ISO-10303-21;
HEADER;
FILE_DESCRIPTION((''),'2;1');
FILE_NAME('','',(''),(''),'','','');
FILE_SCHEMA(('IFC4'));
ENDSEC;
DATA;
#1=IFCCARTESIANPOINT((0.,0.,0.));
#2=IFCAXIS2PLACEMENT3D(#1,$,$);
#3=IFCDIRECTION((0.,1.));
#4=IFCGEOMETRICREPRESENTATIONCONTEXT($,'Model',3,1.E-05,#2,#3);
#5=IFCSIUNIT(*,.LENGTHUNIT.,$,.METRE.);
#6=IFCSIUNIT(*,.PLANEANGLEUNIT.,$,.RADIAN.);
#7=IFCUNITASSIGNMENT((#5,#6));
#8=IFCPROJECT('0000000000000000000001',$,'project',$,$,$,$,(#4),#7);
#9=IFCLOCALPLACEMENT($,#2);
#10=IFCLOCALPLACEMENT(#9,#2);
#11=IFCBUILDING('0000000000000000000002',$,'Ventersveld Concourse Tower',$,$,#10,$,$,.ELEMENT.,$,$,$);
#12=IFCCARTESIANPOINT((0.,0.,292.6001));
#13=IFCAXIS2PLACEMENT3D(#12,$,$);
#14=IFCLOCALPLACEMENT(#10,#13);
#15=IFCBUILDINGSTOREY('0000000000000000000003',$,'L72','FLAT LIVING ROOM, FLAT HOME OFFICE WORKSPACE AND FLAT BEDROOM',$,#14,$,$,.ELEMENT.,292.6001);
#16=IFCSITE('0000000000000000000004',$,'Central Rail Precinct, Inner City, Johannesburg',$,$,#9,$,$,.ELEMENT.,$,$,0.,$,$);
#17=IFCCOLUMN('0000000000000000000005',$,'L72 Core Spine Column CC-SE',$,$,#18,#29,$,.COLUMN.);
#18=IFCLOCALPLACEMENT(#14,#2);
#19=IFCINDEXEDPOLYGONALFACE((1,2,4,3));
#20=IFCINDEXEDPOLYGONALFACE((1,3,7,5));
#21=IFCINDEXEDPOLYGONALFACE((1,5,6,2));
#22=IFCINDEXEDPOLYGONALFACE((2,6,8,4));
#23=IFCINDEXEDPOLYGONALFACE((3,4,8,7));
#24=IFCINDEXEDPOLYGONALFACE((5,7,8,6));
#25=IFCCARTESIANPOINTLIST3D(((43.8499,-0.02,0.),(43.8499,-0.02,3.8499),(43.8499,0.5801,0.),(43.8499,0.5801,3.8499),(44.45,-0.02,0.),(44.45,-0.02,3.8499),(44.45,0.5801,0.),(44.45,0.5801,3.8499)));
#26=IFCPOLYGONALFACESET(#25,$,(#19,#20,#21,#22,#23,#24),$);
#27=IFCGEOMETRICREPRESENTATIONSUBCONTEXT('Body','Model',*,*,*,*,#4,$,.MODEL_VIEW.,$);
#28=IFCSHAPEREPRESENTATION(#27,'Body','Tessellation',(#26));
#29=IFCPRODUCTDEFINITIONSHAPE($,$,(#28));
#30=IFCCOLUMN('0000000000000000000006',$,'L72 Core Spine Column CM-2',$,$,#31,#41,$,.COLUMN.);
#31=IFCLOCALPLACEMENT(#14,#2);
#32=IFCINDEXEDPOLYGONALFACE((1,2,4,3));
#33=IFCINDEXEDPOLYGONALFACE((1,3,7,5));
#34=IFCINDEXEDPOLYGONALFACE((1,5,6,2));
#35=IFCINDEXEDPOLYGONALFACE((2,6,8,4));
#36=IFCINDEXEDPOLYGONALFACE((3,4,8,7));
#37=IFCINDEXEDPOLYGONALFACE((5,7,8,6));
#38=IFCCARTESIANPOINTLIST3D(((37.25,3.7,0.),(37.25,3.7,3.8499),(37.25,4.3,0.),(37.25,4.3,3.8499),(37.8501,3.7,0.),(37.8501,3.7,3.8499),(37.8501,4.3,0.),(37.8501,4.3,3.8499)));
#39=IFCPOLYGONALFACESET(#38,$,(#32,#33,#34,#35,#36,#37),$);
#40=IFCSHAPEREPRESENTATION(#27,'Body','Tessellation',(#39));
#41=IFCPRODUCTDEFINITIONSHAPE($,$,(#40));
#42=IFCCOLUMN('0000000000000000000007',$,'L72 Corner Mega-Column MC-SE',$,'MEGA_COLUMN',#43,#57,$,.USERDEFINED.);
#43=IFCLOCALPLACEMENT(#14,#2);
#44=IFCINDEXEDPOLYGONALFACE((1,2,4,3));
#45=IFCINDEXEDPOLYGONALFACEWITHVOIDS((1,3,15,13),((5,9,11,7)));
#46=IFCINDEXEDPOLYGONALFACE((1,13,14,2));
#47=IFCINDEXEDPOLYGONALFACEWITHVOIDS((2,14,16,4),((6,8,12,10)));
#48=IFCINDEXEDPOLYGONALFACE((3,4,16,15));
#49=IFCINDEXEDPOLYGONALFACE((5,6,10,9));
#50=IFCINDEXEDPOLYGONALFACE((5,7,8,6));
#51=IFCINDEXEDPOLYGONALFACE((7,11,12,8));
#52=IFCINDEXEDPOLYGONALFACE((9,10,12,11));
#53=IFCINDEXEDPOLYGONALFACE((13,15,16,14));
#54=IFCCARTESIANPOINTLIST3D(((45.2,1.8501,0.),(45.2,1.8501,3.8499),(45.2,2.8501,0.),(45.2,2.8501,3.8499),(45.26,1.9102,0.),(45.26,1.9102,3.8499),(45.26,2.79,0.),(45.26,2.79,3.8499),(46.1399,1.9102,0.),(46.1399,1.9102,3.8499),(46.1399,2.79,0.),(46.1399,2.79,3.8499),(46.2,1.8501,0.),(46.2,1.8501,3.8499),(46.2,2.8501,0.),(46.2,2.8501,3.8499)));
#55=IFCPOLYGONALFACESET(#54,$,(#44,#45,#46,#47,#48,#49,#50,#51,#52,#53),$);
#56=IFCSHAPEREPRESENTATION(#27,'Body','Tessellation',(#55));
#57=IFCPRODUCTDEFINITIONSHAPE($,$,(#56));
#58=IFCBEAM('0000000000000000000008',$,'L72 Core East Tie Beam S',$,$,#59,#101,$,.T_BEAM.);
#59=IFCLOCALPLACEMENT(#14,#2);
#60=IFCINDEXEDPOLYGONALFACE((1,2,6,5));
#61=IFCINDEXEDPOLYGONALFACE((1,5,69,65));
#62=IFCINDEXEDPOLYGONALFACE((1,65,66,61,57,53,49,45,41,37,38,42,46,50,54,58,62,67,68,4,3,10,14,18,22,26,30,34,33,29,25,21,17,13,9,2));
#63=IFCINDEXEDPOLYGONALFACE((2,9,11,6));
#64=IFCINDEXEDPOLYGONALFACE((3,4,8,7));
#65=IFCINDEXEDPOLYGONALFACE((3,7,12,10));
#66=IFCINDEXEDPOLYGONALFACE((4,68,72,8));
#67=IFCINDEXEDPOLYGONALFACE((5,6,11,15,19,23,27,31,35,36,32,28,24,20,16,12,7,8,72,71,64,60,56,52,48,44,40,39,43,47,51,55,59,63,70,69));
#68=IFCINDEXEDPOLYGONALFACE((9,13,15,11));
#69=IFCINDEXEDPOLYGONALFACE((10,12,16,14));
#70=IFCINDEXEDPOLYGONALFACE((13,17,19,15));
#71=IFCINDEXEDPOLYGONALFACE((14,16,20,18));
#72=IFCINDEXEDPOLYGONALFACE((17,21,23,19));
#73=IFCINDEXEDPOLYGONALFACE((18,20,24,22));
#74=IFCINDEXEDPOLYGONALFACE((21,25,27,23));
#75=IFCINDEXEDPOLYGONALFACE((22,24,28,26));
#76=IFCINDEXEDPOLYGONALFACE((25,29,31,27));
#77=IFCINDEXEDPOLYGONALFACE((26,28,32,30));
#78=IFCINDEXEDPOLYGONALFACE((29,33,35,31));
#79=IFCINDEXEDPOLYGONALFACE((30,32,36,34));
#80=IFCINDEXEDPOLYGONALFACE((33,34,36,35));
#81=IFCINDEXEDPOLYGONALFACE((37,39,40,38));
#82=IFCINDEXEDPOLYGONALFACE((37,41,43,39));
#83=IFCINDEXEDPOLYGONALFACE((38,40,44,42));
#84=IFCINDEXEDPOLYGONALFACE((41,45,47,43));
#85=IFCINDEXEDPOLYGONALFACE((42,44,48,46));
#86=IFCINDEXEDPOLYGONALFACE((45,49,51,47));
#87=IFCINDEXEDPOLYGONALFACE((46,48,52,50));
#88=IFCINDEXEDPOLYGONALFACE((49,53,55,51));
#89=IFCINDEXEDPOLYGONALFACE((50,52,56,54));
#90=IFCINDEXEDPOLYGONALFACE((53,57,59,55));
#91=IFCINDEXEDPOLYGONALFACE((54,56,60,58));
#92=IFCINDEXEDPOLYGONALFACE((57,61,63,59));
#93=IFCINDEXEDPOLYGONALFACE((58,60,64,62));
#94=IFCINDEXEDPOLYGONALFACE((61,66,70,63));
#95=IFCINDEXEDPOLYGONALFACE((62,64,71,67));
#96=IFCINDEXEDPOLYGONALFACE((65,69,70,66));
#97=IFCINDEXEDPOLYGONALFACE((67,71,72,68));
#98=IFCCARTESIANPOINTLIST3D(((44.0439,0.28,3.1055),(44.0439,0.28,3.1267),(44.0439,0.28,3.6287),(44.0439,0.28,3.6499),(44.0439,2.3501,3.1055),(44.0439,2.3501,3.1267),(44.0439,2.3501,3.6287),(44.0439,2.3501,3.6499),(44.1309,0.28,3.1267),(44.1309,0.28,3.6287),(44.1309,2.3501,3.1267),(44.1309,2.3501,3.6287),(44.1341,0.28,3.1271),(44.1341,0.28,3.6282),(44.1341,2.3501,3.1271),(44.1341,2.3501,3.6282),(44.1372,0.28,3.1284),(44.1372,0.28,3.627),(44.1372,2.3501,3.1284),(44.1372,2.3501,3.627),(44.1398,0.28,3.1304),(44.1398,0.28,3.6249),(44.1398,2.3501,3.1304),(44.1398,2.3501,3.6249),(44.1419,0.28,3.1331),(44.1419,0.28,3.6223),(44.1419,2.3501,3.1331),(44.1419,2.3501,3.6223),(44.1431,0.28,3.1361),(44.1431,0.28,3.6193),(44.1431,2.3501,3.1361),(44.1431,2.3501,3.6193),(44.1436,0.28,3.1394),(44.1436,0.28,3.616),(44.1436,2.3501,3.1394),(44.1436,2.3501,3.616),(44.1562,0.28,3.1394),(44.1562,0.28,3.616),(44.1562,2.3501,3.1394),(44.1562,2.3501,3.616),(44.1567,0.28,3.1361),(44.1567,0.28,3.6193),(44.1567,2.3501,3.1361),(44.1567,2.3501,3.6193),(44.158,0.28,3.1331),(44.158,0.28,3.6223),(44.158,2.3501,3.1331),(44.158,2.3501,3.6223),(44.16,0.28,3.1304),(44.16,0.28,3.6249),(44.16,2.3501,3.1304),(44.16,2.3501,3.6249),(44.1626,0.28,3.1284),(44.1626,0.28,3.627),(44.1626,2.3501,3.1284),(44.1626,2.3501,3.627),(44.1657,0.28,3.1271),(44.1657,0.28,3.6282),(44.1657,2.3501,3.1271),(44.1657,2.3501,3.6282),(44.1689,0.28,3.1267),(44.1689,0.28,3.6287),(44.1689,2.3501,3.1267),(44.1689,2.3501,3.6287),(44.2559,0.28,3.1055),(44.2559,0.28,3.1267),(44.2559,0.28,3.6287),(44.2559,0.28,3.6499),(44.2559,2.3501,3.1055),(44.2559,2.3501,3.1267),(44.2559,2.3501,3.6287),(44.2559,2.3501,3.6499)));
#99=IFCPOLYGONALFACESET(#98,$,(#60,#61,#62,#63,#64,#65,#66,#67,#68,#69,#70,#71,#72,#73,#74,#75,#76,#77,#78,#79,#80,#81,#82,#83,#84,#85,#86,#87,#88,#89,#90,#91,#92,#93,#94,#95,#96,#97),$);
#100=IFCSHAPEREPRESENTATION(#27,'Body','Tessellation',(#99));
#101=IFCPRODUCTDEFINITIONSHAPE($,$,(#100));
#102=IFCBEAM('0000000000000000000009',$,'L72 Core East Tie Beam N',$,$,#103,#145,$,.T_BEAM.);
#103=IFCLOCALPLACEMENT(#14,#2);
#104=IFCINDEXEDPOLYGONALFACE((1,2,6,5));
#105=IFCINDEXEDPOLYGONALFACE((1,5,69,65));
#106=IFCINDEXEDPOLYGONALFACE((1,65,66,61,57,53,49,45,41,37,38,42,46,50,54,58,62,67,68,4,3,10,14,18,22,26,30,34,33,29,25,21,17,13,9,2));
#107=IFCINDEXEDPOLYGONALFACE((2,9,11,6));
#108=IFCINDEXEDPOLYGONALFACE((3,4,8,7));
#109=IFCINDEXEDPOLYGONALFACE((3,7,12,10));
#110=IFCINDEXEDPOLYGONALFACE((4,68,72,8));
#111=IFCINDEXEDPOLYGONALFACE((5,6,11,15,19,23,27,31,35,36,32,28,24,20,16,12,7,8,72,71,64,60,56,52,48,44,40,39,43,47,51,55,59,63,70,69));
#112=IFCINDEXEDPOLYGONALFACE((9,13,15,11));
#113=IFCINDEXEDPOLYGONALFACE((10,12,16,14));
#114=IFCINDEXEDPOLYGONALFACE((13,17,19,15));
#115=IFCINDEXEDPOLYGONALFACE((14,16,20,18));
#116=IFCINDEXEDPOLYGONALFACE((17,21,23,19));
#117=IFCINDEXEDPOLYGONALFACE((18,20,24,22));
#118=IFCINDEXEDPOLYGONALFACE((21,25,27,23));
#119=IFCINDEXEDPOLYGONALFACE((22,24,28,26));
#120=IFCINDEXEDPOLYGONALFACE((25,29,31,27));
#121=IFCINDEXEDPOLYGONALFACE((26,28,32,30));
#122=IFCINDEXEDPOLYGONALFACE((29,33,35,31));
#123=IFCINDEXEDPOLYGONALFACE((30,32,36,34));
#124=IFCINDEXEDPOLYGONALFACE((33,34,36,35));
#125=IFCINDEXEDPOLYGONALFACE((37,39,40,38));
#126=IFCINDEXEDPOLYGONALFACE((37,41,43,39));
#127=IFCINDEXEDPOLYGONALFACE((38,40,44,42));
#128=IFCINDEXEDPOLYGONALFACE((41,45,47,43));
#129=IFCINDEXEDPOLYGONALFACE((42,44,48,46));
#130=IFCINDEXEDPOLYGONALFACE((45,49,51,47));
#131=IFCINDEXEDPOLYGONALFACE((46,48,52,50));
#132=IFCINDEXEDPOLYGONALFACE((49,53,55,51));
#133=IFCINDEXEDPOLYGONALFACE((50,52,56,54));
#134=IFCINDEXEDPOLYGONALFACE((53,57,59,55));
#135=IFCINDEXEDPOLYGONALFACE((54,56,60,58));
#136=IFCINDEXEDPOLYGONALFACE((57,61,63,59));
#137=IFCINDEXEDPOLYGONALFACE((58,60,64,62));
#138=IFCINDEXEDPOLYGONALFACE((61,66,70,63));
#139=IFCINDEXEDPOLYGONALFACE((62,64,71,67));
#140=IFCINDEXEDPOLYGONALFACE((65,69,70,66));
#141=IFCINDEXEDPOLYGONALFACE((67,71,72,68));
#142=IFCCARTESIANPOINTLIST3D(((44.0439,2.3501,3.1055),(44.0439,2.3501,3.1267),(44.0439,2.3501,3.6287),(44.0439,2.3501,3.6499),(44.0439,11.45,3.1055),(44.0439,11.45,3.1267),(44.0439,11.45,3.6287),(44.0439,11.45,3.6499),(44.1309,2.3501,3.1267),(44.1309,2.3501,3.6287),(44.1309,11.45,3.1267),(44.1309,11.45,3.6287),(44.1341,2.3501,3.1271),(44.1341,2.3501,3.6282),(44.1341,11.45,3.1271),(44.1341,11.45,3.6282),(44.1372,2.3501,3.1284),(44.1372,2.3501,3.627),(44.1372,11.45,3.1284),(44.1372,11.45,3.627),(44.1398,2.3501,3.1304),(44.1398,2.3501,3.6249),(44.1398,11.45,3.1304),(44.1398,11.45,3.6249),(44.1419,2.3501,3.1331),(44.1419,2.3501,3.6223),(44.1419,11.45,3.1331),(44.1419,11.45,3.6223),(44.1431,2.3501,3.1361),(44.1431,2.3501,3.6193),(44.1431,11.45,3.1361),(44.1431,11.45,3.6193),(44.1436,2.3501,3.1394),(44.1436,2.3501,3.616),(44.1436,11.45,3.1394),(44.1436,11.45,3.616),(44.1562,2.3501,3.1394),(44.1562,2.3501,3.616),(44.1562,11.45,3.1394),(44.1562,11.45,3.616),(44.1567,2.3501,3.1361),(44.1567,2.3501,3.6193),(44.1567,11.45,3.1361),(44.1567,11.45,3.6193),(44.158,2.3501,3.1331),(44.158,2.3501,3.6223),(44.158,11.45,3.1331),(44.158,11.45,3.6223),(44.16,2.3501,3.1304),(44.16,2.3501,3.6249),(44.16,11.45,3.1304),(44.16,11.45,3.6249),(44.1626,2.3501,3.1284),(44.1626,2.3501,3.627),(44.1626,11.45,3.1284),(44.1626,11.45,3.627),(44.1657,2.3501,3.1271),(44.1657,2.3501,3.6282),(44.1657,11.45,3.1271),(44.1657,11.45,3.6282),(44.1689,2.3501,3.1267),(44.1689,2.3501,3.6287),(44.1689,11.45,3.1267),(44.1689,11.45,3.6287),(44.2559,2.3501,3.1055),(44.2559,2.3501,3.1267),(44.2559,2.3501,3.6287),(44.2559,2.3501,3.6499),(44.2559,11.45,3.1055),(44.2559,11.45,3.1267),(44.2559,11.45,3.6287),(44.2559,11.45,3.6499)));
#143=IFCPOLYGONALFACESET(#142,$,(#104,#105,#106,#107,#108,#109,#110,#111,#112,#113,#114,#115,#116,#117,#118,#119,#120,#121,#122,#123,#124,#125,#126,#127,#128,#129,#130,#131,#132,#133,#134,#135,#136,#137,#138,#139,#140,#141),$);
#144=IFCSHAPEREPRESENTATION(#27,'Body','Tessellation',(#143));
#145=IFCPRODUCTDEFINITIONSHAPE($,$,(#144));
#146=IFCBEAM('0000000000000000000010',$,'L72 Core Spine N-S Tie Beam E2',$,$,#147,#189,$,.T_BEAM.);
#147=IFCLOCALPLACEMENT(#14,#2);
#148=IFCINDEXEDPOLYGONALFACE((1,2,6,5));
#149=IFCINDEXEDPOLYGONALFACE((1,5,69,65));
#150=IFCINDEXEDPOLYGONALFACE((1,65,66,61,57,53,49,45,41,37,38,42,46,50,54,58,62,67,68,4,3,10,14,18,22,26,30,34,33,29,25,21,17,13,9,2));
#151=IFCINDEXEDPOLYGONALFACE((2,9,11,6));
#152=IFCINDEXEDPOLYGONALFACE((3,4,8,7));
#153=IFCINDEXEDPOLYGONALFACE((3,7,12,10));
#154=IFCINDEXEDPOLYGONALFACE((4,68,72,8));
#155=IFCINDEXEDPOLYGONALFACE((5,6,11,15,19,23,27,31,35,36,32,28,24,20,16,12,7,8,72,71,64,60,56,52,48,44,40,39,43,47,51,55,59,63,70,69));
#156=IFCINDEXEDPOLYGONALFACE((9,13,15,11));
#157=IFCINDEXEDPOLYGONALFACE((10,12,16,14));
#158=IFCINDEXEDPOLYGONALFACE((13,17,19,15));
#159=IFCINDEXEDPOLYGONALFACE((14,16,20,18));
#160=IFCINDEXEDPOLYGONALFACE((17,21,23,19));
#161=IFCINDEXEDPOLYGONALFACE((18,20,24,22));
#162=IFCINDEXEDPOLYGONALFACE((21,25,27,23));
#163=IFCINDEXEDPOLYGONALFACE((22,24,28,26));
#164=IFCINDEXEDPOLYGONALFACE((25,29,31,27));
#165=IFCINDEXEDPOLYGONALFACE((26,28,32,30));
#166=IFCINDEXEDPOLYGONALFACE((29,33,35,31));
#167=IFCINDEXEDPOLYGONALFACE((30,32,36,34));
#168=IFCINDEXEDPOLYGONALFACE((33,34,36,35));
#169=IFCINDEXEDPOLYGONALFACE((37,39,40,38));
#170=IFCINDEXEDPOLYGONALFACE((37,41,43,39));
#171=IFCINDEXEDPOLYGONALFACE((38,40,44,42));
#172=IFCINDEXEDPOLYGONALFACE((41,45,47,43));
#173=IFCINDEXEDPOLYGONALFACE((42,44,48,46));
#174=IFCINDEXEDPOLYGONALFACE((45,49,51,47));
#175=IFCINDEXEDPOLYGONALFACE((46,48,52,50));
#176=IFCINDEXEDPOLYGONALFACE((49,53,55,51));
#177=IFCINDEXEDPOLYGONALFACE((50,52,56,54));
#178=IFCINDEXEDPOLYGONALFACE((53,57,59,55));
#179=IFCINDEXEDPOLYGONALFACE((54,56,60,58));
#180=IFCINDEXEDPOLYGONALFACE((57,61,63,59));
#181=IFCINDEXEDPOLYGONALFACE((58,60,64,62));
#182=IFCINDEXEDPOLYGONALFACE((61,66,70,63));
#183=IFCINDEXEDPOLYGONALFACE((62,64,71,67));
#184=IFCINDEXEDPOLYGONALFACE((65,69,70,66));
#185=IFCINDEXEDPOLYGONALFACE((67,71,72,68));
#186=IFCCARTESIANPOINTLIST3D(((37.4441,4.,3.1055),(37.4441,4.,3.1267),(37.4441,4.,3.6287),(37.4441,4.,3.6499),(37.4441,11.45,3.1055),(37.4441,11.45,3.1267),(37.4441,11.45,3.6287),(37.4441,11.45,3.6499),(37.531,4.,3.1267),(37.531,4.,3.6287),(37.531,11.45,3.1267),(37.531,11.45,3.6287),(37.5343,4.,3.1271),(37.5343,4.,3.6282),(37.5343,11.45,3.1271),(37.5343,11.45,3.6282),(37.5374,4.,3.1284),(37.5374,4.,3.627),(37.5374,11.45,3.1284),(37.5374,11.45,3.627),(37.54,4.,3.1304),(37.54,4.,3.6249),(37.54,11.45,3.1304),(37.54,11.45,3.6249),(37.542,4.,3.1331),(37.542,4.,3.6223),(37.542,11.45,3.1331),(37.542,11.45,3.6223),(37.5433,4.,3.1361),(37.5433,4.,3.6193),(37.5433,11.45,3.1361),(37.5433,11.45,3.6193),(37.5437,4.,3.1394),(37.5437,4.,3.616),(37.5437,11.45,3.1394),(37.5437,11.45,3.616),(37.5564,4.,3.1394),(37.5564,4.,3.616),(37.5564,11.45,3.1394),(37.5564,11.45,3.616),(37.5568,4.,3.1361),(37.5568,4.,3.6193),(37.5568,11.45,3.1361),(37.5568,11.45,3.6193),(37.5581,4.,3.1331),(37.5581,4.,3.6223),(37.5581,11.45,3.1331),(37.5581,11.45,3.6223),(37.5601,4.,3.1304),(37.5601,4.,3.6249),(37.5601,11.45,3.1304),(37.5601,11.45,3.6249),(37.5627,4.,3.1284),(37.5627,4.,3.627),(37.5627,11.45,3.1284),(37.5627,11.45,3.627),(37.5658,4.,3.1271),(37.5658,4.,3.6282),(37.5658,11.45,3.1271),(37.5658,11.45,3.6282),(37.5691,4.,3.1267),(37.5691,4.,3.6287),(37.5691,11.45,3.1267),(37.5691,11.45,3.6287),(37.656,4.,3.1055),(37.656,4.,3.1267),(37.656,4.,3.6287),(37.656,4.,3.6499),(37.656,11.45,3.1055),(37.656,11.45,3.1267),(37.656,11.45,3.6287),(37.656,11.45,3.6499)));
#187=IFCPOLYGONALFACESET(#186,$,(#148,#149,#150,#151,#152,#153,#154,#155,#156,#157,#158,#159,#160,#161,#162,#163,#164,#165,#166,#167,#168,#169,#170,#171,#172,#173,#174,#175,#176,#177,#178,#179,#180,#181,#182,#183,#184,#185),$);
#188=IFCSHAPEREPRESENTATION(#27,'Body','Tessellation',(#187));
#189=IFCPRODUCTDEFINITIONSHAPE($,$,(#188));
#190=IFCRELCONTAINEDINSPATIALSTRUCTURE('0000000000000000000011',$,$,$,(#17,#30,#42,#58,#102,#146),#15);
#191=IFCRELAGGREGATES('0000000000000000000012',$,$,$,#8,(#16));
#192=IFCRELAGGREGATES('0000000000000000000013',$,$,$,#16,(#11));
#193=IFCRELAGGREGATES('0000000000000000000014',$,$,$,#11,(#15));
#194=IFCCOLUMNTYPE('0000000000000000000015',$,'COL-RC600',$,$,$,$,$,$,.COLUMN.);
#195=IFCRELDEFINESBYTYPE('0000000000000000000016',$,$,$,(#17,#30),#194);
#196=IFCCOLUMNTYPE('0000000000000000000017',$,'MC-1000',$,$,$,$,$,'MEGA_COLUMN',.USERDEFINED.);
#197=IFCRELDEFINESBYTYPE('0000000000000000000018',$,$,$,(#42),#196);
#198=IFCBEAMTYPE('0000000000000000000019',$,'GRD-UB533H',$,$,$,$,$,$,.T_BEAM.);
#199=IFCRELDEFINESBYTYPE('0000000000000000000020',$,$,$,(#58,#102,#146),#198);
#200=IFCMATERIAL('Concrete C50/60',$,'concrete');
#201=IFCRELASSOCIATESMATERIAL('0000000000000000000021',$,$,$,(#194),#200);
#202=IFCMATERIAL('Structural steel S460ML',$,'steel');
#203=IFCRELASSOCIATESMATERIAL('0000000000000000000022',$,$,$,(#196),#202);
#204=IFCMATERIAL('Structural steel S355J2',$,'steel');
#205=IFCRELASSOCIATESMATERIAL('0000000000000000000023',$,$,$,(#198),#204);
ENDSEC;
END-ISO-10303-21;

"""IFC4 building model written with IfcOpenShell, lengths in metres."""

from ifc_helpers import new_model, si_unit, direction, frame, origin, origin_2d, place, context, subcontext, project, spatial, rectangle, hollow_rectangle, i_section, extrude, material, material_profile, profile_set, type_object, element, save


model = new_model("IFC4")

# Units and contexts
model_context = context("Model", 3, precision=1e-05, world=origin(), true_north=direction((0.0, 1.0)))
body_context = subcontext(model_context, "Body", "Model", "MODEL_VIEW")
ifc_project = project(units=[si_unit("LENGTHUNIT", "METRE"), si_unit("PLANEANGLEUNIT", "RADIAN")], contexts=[model_context])

# Site, building, storey
site_placement = place(None, origin())
site = spatial("IfcSite", under=ifc_project, at=site_placement, Name="Central Rail Precinct, Inner City, Johannesburg", CompositionType="ELEMENT", RefElevation=0.0)
building_placement = place(site_placement, origin())
building = spatial("IfcBuilding", under=site, at=building_placement, Name="Ventersveld Concourse Tower", CompositionType="ELEMENT")
storey_placement = place(building_placement, frame((0.0, 0.0, 292.6001)))
storey = spatial("IfcBuildingStorey", under=building, at=storey_placement, Name="L72", Description="FLAT LIVING ROOM, FLAT HOME OFFICE WORKSPACE AND FLAT BEDROOM", CompositionType="ELEMENT", Elevation=292.6001)

# Columns
ifc_material_1 = material(Name="Concrete C50/60", Category="concrete")
ifc_material_profile_1 = material_profile(ifc_material_1, rectangle(XDim=0.6001, YDim=0.6001, at=origin_2d()), Name="RC 600x600")
ifc_profile_set_1 = profile_set([ifc_material_profile_1], Name="Concrete C50/60")
column_type_1 = type_object("IfcColumnType", Name="COL-RC600", PredefinedType="COLUMN", material=ifc_profile_set_1)
for number, where, z_axis, x_axis, name in (
    (1, (44.1499, 0.28, 0.0), (0.0, 0.0, 1.0), (1.0, 0.0, 0.0), "L72 Core Spine Column CC-SE"),
    (2, (37.55, 4.0, 0.0), (0.0, 0.0, 1.0), (1.0, 0.0, 0.0), "L72 Core Spine Column CM-2"),
):
    element("IfcColumn", number, at=place(storey_placement, frame(where, z_axis=z_axis, x_axis=x_axis)), inside=storey, type_object=column_type_1, Name=name, PredefinedType="COLUMN", context=body_context, shape_type="SweptSolid", body=[
        extrude(rectangle(XDim=0.6001, YDim=0.6001, at=origin_2d()), origin(), (0.0, 0.0, 1.0), 3.8499),
    ])
ifc_material_2 = material(Name="Structural steel S460ML", Category="steel")
ifc_material_profile_2 = material_profile(ifc_material_2, hollow_rectangle(XDim=1.0, YDim=1.0, WallThickness=0.0601, at=origin_2d()), Name="BOX 1000x1000x60")
ifc_profile_set_2 = profile_set([ifc_material_profile_2], Name="Structural steel S460ML")
column_type_2 = type_object("IfcColumnType", Name="MC-1000", ElementType="MEGA_COLUMN", PredefinedType="USERDEFINED", material=ifc_profile_set_2)
column_placement = place(storey_placement, frame((45.7, 2.3501, 0.0), z_axis=(0.0, 0.0, 1.0), x_axis=(1.0, 0.0, 0.0)))
element("IfcColumn", 3, at=column_placement, inside=storey, type_object=column_type_2, Name="L72 Corner Mega-Column MC-SE", ObjectType="MEGA_COLUMN", PredefinedType="USERDEFINED", context=body_context, shape_type="SweptSolid", body=[
    extrude(hollow_rectangle(XDim=1.0, YDim=1.0, WallThickness=0.0601, at=origin_2d()), origin(), (0.0, 0.0, 1.0), 3.8499),
])

# Beams
ifc_material_3 = material(Name="Structural steel S355J2", Category="steel")
ifc_material_profile_3 = material_profile(ifc_material_3, i_section(OverallWidth=0.2119, OverallDepth=0.5444, WebThickness=0.0127, FlangeThickness=0.0212, FilletRadius=0.0127, at=origin_2d()), Name="UB 533x210x122")
ifc_profile_set_3 = profile_set([ifc_material_profile_3], Name="Structural steel S355J2")
beam_type_1 = type_object("IfcBeamType", Name="GRD-UB533H", PredefinedType="T_BEAM", material=ifc_profile_set_3)
beam_1_placement = place(storey_placement, frame((44.1499, 0.28, 3.3777), z_axis=(0.0, 1.0, 0.0), x_axis=(-1.0, 0.0, 0.0)))
element("IfcBeam", 4, at=beam_1_placement, inside=storey, type_object=beam_type_1, Name="L72 Core East Tie Beam S", PredefinedType="T_BEAM", context=body_context, shape_type="SweptSolid", body=[
    extrude(i_section(OverallWidth=0.2119, OverallDepth=0.5444, WebThickness=0.0127, FlangeThickness=0.0212, FilletRadius=0.0127, at=origin_2d()), origin(), (0.0, 0.0, 1.0), 2.0701),
])
beam_2_placement = place(storey_placement, frame((44.1499, 2.3501, 3.3777), z_axis=(0.0, 1.0, 0.0), x_axis=(-1.0, 0.0, 0.0)))
element("IfcBeam", 5, at=beam_2_placement, inside=storey, type_object=beam_type_1, Name="L72 Core East Tie Beam N", PredefinedType="T_BEAM", context=body_context, shape_type="SweptSolid", body=[
    extrude(i_section(OverallWidth=0.2119, OverallDepth=0.5444, WebThickness=0.0127, FlangeThickness=0.0212, FilletRadius=0.0127, at=origin_2d()), origin(), (0.0, 0.0, 1.0), 9.0999),
])
beam_3_placement = place(storey_placement, frame((37.55, 4.0, 3.3777), z_axis=(0.0, 1.0, 0.0), x_axis=(-1.0, 0.0, 0.0)))
element("IfcBeam", 6, at=beam_3_placement, inside=storey, type_object=beam_type_1, Name="L72 Core Spine N-S Tie Beam E2", PredefinedType="T_BEAM", context=body_context, shape_type="SweptSolid", body=[
    extrude(i_section(OverallWidth=0.2119, OverallDepth=0.5444, WebThickness=0.0127, FlangeThickness=0.0212, FilletRadius=0.0127, at=origin_2d()), origin(), (0.0, 0.0, 1.0), 7.45),
])

save(model, "model.ifc")
